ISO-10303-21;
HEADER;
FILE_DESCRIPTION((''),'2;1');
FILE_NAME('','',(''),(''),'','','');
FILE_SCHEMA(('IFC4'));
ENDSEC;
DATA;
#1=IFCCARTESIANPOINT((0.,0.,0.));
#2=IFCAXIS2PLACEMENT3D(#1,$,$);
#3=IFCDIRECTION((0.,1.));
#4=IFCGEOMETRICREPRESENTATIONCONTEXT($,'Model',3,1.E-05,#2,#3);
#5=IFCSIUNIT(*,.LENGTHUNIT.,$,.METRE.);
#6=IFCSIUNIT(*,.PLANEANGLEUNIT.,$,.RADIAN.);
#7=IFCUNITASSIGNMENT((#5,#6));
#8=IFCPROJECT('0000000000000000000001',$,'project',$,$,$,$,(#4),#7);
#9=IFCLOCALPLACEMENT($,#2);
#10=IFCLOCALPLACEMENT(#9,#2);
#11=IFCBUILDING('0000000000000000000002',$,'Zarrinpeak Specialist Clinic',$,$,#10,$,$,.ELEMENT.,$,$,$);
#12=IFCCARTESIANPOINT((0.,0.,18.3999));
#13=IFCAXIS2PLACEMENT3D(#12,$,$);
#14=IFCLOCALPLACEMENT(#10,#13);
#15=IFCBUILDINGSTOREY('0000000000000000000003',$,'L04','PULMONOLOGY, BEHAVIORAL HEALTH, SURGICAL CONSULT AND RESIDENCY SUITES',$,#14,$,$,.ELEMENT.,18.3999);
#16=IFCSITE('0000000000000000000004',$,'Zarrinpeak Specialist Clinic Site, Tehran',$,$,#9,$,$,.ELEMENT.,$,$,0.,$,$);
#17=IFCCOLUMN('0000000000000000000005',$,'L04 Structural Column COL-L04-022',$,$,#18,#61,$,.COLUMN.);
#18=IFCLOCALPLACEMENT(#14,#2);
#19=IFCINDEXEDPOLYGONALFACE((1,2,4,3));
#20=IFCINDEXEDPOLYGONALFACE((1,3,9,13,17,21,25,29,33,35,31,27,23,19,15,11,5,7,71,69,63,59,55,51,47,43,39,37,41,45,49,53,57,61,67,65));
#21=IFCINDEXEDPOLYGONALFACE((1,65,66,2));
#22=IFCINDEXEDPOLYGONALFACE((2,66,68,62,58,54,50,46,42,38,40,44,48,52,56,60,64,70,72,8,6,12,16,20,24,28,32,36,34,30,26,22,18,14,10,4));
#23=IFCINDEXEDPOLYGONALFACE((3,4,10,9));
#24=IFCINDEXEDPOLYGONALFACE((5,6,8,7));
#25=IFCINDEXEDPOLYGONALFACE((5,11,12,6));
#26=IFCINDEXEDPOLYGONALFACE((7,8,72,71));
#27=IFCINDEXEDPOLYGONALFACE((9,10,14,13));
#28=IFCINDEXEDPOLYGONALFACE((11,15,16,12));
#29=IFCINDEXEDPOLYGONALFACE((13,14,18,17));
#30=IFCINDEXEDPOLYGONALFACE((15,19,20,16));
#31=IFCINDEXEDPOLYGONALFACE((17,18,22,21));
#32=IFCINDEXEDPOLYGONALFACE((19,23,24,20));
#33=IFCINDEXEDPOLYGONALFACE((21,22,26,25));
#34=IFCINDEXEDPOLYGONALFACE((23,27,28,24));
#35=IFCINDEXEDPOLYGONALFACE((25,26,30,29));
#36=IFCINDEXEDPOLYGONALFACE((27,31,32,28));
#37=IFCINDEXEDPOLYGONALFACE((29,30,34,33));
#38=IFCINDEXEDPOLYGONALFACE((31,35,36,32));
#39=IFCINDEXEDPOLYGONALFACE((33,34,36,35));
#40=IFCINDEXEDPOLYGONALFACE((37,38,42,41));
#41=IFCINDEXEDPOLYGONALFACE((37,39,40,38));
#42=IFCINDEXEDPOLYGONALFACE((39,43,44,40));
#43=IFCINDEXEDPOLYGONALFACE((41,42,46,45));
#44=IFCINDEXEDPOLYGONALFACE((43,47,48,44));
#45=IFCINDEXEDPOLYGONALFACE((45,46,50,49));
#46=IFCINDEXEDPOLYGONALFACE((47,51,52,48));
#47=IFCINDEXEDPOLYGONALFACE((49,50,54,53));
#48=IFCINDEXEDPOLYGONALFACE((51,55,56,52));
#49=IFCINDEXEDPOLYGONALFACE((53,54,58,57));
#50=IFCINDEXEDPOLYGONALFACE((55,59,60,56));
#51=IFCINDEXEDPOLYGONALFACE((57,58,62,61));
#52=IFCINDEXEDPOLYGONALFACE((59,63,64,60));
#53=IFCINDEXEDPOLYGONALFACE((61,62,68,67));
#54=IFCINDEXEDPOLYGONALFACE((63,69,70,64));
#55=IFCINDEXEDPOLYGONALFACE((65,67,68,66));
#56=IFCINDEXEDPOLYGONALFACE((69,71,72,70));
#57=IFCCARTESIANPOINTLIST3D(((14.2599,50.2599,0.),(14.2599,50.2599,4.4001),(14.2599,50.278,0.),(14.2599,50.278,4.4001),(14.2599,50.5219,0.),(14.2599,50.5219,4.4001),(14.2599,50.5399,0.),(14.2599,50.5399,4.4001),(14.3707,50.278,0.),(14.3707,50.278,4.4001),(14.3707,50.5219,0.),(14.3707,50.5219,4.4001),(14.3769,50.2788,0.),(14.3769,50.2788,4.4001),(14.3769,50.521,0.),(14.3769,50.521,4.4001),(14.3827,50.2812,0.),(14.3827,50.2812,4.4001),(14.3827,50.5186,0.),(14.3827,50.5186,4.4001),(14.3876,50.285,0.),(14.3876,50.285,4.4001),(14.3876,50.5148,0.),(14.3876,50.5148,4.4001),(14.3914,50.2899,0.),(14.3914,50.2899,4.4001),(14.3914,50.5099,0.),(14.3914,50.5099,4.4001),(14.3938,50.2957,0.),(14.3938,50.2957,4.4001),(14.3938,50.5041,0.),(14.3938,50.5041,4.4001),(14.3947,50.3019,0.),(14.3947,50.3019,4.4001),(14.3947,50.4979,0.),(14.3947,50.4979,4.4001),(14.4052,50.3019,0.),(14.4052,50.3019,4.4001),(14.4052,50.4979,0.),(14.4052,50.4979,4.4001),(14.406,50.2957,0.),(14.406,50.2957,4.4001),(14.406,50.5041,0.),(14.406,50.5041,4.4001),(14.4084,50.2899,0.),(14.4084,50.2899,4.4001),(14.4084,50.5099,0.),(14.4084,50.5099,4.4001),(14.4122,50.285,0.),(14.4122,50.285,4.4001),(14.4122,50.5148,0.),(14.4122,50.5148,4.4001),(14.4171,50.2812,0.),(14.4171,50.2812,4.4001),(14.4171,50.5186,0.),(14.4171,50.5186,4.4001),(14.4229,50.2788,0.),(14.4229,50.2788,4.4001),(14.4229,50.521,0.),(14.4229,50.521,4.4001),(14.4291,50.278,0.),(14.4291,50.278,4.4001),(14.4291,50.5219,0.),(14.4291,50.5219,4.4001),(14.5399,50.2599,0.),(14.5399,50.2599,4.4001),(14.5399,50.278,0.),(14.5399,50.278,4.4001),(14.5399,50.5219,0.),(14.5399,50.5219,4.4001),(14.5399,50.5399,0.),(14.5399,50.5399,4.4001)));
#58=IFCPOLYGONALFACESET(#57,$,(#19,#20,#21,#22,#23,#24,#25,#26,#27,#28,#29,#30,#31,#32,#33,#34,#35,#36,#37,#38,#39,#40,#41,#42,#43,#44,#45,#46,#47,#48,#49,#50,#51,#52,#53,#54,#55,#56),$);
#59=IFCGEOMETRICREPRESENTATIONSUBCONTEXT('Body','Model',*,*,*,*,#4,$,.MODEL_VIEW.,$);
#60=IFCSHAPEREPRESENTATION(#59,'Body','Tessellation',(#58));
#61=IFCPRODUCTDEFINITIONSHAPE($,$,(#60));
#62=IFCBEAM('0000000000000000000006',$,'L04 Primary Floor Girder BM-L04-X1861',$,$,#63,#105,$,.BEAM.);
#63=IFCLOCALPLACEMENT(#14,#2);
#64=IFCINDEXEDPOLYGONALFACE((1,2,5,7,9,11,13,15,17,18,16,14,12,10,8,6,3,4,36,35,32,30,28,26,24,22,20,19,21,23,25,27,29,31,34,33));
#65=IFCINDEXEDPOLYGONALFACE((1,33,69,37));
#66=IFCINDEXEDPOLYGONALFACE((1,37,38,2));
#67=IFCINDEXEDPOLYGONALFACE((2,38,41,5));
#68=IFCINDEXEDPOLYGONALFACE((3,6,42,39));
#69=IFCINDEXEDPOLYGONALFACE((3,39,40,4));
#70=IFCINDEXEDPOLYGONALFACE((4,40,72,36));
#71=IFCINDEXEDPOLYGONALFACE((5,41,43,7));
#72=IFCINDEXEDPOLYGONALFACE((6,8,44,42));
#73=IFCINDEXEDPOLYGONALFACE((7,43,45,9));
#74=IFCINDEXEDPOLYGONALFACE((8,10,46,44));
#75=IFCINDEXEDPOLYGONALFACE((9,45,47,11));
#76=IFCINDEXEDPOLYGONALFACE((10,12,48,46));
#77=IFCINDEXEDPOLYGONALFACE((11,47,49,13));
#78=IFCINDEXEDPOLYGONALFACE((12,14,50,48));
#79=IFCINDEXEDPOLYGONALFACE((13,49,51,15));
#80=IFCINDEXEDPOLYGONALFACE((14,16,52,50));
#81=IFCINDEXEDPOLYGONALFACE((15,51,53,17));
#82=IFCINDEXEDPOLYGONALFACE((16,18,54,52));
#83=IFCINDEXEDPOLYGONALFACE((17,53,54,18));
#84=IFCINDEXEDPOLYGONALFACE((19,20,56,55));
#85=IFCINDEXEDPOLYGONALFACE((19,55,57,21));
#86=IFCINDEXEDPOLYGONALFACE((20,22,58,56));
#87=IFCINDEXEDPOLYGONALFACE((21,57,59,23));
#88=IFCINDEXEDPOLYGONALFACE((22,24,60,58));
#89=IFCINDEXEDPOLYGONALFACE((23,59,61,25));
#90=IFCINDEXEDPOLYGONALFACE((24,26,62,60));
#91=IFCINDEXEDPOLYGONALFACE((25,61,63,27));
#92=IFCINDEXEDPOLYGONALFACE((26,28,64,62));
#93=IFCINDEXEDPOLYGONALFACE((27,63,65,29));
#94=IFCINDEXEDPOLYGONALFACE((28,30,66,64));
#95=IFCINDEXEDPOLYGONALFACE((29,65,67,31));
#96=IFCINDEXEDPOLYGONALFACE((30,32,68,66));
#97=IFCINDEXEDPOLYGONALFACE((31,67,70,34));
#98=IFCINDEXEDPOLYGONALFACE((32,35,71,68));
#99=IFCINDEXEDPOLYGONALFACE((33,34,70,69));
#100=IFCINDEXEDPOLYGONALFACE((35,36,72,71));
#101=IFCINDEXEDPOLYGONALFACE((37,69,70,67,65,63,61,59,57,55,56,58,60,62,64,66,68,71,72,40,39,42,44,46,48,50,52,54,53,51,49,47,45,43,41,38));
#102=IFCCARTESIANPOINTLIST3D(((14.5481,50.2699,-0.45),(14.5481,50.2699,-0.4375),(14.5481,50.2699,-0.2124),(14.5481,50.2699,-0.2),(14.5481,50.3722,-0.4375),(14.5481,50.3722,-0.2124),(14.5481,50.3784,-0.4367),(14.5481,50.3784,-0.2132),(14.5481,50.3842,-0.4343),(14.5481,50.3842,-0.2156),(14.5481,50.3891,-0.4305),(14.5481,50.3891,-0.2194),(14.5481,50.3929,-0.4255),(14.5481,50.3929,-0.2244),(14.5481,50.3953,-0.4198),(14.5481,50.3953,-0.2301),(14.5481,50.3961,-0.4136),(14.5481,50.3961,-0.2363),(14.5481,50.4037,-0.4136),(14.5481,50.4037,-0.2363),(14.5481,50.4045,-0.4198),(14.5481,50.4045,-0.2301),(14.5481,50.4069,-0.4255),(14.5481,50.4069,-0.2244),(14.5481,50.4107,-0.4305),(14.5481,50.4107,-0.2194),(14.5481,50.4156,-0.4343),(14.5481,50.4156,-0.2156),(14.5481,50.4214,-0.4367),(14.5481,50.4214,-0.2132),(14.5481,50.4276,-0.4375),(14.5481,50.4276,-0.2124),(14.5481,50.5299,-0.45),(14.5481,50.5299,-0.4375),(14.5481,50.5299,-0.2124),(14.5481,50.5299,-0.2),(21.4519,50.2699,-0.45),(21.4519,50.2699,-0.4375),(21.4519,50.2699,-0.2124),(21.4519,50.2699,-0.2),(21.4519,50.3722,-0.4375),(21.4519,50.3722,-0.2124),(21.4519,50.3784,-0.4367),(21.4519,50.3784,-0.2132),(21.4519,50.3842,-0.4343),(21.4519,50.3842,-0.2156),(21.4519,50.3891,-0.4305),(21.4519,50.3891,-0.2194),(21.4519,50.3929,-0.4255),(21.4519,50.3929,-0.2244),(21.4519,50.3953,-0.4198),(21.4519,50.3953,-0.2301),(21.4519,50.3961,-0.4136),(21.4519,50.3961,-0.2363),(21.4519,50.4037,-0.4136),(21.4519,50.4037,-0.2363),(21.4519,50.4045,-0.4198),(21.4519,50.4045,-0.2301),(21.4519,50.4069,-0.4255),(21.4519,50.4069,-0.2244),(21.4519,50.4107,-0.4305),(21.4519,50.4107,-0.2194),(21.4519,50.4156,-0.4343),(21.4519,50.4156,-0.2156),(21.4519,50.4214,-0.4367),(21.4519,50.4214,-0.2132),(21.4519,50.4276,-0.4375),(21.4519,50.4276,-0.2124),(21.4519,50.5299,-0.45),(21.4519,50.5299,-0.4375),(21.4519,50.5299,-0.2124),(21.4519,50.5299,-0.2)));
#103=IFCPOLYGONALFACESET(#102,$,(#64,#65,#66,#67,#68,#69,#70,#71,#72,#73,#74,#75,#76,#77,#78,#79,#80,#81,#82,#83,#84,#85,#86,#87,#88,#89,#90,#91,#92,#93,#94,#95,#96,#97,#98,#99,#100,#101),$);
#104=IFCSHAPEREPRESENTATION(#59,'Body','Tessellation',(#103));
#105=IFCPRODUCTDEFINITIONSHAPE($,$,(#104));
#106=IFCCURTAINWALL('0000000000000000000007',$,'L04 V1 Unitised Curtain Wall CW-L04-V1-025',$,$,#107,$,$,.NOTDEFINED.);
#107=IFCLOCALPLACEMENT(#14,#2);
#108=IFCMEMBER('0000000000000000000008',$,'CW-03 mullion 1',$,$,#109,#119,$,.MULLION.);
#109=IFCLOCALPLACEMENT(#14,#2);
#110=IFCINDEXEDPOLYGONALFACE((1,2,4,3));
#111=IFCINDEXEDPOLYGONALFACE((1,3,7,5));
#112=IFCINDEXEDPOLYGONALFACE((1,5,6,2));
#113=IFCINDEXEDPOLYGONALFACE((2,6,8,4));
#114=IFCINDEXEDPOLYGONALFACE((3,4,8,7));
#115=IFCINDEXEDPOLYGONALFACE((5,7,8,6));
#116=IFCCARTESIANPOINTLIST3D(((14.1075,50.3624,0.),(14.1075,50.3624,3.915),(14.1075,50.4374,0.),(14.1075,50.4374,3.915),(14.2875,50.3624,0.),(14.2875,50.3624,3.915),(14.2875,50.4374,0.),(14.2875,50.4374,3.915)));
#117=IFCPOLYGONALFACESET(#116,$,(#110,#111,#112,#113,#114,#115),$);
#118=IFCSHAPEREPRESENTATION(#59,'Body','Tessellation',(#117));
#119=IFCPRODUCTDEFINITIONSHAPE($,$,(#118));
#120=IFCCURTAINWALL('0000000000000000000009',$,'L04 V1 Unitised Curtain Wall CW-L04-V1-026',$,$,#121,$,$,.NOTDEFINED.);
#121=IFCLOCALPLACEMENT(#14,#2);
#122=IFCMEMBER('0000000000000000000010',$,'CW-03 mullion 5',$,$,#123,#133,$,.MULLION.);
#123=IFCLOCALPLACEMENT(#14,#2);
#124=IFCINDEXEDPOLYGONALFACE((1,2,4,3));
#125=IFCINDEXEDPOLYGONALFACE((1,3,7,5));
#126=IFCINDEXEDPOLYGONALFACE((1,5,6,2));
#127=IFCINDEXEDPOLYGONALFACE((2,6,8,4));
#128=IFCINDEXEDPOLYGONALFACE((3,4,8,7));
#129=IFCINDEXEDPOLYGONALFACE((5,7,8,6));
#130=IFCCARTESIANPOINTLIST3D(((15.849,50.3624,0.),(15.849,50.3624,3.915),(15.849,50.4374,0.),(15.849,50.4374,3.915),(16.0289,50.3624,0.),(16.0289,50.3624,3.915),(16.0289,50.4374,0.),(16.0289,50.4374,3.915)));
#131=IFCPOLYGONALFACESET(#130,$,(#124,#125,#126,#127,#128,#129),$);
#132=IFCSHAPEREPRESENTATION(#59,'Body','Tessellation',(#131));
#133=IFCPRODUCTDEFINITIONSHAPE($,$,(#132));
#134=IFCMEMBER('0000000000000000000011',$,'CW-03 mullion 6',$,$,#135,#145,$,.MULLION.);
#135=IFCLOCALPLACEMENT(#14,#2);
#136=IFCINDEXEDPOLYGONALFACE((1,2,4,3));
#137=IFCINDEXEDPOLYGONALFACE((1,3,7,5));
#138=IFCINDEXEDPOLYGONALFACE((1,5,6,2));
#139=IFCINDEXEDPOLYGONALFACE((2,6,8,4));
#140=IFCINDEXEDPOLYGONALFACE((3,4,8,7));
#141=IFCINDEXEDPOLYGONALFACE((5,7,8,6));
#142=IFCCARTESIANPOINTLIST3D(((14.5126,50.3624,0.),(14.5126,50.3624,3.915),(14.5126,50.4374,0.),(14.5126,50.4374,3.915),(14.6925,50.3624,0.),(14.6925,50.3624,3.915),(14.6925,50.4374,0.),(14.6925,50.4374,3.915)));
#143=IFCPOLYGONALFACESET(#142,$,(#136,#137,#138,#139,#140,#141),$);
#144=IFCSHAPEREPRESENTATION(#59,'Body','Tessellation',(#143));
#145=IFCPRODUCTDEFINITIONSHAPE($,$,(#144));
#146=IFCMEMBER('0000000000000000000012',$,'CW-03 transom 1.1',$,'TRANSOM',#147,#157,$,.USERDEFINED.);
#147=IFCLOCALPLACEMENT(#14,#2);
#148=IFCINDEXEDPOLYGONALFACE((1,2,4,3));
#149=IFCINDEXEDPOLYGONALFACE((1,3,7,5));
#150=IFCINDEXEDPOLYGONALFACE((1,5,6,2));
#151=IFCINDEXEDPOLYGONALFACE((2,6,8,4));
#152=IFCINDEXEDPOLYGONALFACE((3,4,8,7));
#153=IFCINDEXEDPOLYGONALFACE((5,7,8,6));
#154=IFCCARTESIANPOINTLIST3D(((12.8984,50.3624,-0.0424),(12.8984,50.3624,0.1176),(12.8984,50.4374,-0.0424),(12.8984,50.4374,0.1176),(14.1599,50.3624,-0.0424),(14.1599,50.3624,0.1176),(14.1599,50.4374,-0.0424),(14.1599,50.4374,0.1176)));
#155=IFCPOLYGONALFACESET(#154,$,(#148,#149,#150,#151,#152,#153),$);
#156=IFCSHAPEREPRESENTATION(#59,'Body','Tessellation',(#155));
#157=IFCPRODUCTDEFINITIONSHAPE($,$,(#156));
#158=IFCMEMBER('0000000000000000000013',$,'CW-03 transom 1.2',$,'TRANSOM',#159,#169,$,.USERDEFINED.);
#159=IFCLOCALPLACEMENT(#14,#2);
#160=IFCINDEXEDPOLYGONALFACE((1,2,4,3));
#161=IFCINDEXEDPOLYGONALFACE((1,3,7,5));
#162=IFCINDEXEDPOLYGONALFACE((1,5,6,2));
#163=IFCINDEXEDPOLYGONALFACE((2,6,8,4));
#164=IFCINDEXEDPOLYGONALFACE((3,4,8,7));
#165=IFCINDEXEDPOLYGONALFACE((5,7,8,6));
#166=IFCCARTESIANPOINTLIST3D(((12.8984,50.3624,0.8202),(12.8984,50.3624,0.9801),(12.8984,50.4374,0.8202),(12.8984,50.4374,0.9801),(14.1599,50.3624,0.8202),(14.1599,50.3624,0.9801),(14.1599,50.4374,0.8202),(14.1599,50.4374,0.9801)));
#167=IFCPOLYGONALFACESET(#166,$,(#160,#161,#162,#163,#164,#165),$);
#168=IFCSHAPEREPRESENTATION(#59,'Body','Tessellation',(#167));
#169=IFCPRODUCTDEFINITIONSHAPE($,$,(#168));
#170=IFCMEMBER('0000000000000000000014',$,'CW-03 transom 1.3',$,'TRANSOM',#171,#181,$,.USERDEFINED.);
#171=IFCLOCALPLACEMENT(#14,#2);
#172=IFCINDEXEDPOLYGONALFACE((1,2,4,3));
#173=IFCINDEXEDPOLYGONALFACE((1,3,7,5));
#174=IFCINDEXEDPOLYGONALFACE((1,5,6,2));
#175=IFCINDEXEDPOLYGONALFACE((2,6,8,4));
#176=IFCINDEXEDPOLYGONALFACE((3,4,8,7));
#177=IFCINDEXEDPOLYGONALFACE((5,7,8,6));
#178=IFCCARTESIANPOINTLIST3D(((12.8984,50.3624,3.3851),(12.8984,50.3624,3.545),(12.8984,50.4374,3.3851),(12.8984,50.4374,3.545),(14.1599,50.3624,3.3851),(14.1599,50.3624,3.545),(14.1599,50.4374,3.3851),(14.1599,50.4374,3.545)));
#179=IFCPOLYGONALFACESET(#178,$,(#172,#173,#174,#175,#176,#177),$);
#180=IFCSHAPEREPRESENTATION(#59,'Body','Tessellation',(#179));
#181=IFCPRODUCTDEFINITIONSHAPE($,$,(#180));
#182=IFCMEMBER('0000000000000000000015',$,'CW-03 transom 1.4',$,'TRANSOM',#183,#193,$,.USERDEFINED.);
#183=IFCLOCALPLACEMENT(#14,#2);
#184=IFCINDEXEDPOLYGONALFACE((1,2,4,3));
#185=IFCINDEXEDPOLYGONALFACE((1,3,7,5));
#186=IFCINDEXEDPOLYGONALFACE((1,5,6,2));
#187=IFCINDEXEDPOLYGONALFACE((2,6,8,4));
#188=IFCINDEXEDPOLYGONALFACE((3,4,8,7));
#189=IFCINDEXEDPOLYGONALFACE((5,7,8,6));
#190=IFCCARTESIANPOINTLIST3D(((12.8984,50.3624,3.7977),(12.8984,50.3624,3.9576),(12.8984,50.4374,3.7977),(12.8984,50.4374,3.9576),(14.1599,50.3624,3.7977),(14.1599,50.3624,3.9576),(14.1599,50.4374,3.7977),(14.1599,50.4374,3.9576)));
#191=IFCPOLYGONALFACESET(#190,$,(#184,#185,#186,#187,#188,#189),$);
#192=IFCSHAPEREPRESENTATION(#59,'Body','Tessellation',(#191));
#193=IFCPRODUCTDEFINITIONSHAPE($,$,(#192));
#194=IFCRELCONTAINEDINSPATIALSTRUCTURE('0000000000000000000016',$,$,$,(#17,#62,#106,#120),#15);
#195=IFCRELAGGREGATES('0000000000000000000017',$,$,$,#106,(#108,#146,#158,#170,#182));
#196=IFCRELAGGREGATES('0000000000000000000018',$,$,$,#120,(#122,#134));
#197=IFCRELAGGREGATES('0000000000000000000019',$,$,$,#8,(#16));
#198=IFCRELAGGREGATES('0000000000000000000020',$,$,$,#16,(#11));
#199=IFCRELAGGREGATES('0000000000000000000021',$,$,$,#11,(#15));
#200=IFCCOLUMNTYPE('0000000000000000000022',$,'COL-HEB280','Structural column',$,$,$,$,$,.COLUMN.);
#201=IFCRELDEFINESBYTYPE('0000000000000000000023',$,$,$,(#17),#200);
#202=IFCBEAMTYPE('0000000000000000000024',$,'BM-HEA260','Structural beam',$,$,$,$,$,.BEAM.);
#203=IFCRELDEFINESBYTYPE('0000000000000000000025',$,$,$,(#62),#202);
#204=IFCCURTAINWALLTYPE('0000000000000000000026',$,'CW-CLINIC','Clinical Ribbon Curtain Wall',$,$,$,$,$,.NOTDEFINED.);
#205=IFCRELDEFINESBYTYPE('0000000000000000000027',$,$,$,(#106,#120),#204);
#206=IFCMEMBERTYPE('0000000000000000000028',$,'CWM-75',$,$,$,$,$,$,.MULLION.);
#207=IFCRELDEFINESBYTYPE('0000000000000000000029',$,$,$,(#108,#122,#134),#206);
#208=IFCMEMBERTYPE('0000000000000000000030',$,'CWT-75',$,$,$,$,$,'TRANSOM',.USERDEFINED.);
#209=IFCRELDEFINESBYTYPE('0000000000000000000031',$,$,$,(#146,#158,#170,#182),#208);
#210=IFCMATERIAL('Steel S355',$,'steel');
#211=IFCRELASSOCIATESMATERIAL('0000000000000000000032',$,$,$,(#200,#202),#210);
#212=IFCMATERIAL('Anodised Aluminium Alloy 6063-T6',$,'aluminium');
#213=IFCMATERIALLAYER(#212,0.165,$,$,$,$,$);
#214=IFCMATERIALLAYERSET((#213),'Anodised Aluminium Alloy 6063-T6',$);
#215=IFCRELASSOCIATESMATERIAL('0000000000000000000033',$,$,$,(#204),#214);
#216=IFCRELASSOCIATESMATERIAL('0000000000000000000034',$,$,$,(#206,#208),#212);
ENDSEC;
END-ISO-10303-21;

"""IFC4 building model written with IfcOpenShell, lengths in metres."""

from ifc_helpers import new_model, si_unit, direction, frame, origin, origin_2d, place, context, subcontext, project, spatial, rectangle, i_section, extrude, material, layer, layer_set, material_profile, profile_set, type_object, element, aggregate, save


model = new_model("IFC4")

# Units and contexts
model_context = context("Model", 3, precision=1e-05, world=origin(), true_north=direction((0.0, 1.0)))
body_context = subcontext(model_context, "Body", "Model", "MODEL_VIEW")
ifc_project = project(units=[si_unit("LENGTHUNIT", "METRE"), si_unit("PLANEANGLEUNIT", "RADIAN")], contexts=[model_context])

# Site, building, storey
site_placement = place(None, origin())
site = spatial("IfcSite", under=ifc_project, at=site_placement, Name="Zarrinpeak Specialist Clinic Site, Tehran", CompositionType="ELEMENT", RefElevation=0.0)
building_placement = place(site_placement, origin())
building = spatial("IfcBuilding", under=site, at=building_placement, Name="Zarrinpeak Specialist Clinic", CompositionType="ELEMENT")
storey_placement = place(building_placement, frame((0.0, 0.0, 18.3999)))
storey = spatial("IfcBuildingStorey", under=building, at=storey_placement, Name="L04", Description="PULMONOLOGY, BEHAVIORAL HEALTH, SURGICAL CONSULT AND RESIDENCY SUITES", CompositionType="ELEMENT", Elevation=18.3999)

# Column
ifc_material_1 = material(Name="Steel S355", Category="steel")
ifc_material_profile_1 = material_profile(ifc_material_1, i_section(OverallWidth=0.28, OverallDepth=0.28, WebThickness=0.0105, FlangeThickness=0.0181, FilletRadius=0.0239, at=origin_2d()), Name="HEB 280")
ifc_profile_set_1 = profile_set([ifc_material_profile_1], Name="Steel S355")
column_type = type_object("IfcColumnType", Name="COL-HEB280", Description="Structural column", PredefinedType="COLUMN", material=ifc_profile_set_1)
column_placement = place(storey_placement, frame((14.3999, 50.3999, 0.0), z_axis=(0.0, 0.0, 1.0), x_axis=(1.0, 0.0, 0.0)))
element("IfcColumn", 1, at=column_placement, inside=storey, type_object=column_type, Name="L04 Structural Column COL-L04-022", PredefinedType="COLUMN", context=body_context, shape_type="SweptSolid", body=[
    extrude(i_section(OverallWidth=0.28, OverallDepth=0.28, WebThickness=0.0105, FlangeThickness=0.0181, FilletRadius=0.0239, at=origin_2d()), origin(), (0.0, 0.0, 1.0), 4.4001),
])

# Beam
ifc_material_profile_2 = material_profile(ifc_material_1, i_section(OverallWidth=0.26, OverallDepth=0.25, WebThickness=0.0076, FlangeThickness=0.0125, FilletRadius=0.0239, at=origin_2d()), Name="HEA 260")
ifc_profile_set_2 = profile_set([ifc_material_profile_2], Name="Steel S355")
beam_type = type_object("IfcBeamType", Name="BM-HEA260", Description="Structural beam", PredefinedType="BEAM", material=ifc_profile_set_2)
beam_placement = place(storey_placement, frame((14.5481, 50.3999, -0.325), z_axis=(1.0, 0.0, 0.0), x_axis=(0.0, 1.0, 0.0)))
element("IfcBeam", 2, at=beam_placement, inside=storey, type_object=beam_type, Name="L04 Primary Floor Girder BM-L04-X1861", PredefinedType="BEAM", context=body_context, shape_type="SweptSolid", body=[
    extrude(i_section(OverallWidth=0.26, OverallDepth=0.25, WebThickness=0.0076, FlangeThickness=0.0125, FilletRadius=0.0239, at=origin_2d()), origin(), (0.0, 0.0, 1.0), 6.9038),
])

# Curtain wall, member
ifc_material_2 = material(Name="Anodised Aluminium Alloy 6063-T6", Category="aluminium")
ifc_layer_1 = layer(ifc_material_2, 0.165)
ifc_layer_set_1 = layer_set([ifc_layer_1], Name="Anodised Aluminium Alloy 6063-T6")
curtain_wall_type = type_object("IfcCurtainWallType", Name="CW-CLINIC", Description="Clinical Ribbon Curtain Wall", PredefinedType="NOTDEFINED", material=ifc_layer_set_1)
curtain_wall_1_placement = place(storey_placement, origin())
curtain_wall_1 = element("IfcCurtainWall", 3, at=curtain_wall_1_placement, inside=storey, type_object=curtain_wall_type, Name="L04 V1 Unitised Curtain Wall CW-L04-V1-025", PredefinedType="NOTDEFINED")
ifc_material_profile_3 = material_profile(ifc_material_2, rectangle(XDim=0.075, YDim=0.1799, at=origin_2d()), Name="ALU 75x180")
ifc_profile_set_3 = profile_set([ifc_material_profile_3], Name="Anodised Aluminium Alloy 6063-T6")
member_type_1 = type_object("IfcMemberType", Name="CWM-75", PredefinedType="MULLION", material=ifc_profile_set_3)
member_1_placement = place(storey_placement, frame((14.1975, 50.3999, 0.0), z_axis=(0.0, 0.0, 1.0), x_axis=(0.0, -1.0, 0.0)))
member_1 = element("IfcMember", 4, at=member_1_placement, type_object=member_type_1, Name="CW-03 mullion 1", PredefinedType="MULLION", context=body_context, shape_type="SweptSolid", body=[
    extrude(rectangle(XDim=0.075, YDim=0.1799, at=origin_2d()), origin(), (0.0, 0.0, 1.0), 3.915),
])

# Curtain wall, members
curtain_wall_2_placement = place(storey_placement, origin())
curtain_wall_2 = element("IfcCurtainWall", 5, at=curtain_wall_2_placement, inside=storey, type_object=curtain_wall_type, Name="L04 V1 Unitised Curtain Wall CW-L04-V1-026", PredefinedType="NOTDEFINED")
member_2_placement = place(storey_placement, frame((15.939, 50.3999, 0.0), z_axis=(0.0, 0.0, 1.0), x_axis=(0.0, -1.0, 0.0)))
member_2 = element("IfcMember", 6, at=member_2_placement, type_object=member_type_1, Name="CW-03 mullion 5", PredefinedType="MULLION", context=body_context, shape_type="SweptSolid", body=[
    extrude(rectangle(XDim=0.075, YDim=0.1799, at=origin_2d()), origin(), (0.0, 0.0, 1.0), 3.915),
])
member_3_placement = place(storey_placement, frame((14.6025, 50.3999, 0.0), z_axis=(0.0, 0.0, 1.0), x_axis=(0.0, -1.0, 0.0)))
member_3 = element("IfcMember", 7, at=member_3_placement, type_object=member_type_1, Name="CW-03 mullion 6", PredefinedType="MULLION", context=body_context, shape_type="SweptSolid", body=[
    extrude(rectangle(XDim=0.075, YDim=0.1799, at=origin_2d()), origin(), (0.0, 0.0, 1.0), 3.915),
])

# Members
ifc_material_profile_4 = material_profile(ifc_material_2, rectangle(XDim=0.075, YDim=0.1599, at=origin_2d()), Name="ALU 75x160")
ifc_profile_set_4 = profile_set([ifc_material_profile_4], Name="Anodised Aluminium Alloy 6063-T6")
member_type_2 = type_object("IfcMemberType", Name="CWT-75", ElementType="TRANSOM", PredefinedType="USERDEFINED", material=ifc_profile_set_4)
member_4_placement = place(storey_placement, frame((14.1599, 50.3999, 0.0376), z_axis=(-1.0, 0.0, 0.0), x_axis=(0.0, -1.0, 0.0)))
member_4 = element("IfcMember", 8, at=member_4_placement, type_object=member_type_2, Name="CW-03 transom 1.1", ObjectType="TRANSOM", PredefinedType="USERDEFINED", context=body_context, shape_type="SweptSolid", body=[
    extrude(rectangle(XDim=0.075, YDim=0.1599, at=origin_2d()), origin(), (0.0, 0.0, 1.0), 1.2615),
])
member_5_placement = place(storey_placement, frame((14.1599, 50.3999, 0.9001), z_axis=(-1.0, 0.0, 0.0), x_axis=(0.0, -1.0, 0.0)))
member_5 = element("IfcMember", 9, at=member_5_placement, type_object=member_type_2, Name="CW-03 transom 1.2", ObjectType="TRANSOM", PredefinedType="USERDEFINED", context=body_context, shape_type="SweptSolid", body=[
    extrude(rectangle(XDim=0.075, YDim=0.1599, at=origin_2d()), origin(), (0.0, 0.0, 1.0), 1.2615),
])
member_6_placement = place(storey_placement, frame((14.1599, 50.3999, 3.4651), z_axis=(-1.0, 0.0, 0.0), x_axis=(0.0, -1.0, 0.0)))
member_6 = element("IfcMember", 10, at=member_6_placement, type_object=member_type_2, Name="CW-03 transom 1.3", ObjectType="TRANSOM", PredefinedType="USERDEFINED", context=body_context, shape_type="SweptSolid", body=[
    extrude(rectangle(XDim=0.075, YDim=0.1599, at=origin_2d()), origin(), (0.0, 0.0, 1.0), 1.2615),
])
member_7_placement = place(storey_placement, frame((14.1599, 50.3999, 3.8777), z_axis=(-1.0, 0.0, 0.0), x_axis=(0.0, -1.0, 0.0)))
member_7 = element("IfcMember", 11, at=member_7_placement, type_object=member_type_2, Name="CW-03 transom 1.4", ObjectType="TRANSOM", PredefinedType="USERDEFINED", context=body_context, shape_type="SweptSolid", body=[
    extrude(rectangle(XDim=0.075, YDim=0.1599, at=origin_2d()), origin(), (0.0, 0.0, 1.0), 1.2615),
])

aggregate(curtain_wall_1, [member_1, member_4, member_5, member_6, member_7])
aggregate(curtain_wall_2, [member_2, member_3])

save(model, "model.ifc")
